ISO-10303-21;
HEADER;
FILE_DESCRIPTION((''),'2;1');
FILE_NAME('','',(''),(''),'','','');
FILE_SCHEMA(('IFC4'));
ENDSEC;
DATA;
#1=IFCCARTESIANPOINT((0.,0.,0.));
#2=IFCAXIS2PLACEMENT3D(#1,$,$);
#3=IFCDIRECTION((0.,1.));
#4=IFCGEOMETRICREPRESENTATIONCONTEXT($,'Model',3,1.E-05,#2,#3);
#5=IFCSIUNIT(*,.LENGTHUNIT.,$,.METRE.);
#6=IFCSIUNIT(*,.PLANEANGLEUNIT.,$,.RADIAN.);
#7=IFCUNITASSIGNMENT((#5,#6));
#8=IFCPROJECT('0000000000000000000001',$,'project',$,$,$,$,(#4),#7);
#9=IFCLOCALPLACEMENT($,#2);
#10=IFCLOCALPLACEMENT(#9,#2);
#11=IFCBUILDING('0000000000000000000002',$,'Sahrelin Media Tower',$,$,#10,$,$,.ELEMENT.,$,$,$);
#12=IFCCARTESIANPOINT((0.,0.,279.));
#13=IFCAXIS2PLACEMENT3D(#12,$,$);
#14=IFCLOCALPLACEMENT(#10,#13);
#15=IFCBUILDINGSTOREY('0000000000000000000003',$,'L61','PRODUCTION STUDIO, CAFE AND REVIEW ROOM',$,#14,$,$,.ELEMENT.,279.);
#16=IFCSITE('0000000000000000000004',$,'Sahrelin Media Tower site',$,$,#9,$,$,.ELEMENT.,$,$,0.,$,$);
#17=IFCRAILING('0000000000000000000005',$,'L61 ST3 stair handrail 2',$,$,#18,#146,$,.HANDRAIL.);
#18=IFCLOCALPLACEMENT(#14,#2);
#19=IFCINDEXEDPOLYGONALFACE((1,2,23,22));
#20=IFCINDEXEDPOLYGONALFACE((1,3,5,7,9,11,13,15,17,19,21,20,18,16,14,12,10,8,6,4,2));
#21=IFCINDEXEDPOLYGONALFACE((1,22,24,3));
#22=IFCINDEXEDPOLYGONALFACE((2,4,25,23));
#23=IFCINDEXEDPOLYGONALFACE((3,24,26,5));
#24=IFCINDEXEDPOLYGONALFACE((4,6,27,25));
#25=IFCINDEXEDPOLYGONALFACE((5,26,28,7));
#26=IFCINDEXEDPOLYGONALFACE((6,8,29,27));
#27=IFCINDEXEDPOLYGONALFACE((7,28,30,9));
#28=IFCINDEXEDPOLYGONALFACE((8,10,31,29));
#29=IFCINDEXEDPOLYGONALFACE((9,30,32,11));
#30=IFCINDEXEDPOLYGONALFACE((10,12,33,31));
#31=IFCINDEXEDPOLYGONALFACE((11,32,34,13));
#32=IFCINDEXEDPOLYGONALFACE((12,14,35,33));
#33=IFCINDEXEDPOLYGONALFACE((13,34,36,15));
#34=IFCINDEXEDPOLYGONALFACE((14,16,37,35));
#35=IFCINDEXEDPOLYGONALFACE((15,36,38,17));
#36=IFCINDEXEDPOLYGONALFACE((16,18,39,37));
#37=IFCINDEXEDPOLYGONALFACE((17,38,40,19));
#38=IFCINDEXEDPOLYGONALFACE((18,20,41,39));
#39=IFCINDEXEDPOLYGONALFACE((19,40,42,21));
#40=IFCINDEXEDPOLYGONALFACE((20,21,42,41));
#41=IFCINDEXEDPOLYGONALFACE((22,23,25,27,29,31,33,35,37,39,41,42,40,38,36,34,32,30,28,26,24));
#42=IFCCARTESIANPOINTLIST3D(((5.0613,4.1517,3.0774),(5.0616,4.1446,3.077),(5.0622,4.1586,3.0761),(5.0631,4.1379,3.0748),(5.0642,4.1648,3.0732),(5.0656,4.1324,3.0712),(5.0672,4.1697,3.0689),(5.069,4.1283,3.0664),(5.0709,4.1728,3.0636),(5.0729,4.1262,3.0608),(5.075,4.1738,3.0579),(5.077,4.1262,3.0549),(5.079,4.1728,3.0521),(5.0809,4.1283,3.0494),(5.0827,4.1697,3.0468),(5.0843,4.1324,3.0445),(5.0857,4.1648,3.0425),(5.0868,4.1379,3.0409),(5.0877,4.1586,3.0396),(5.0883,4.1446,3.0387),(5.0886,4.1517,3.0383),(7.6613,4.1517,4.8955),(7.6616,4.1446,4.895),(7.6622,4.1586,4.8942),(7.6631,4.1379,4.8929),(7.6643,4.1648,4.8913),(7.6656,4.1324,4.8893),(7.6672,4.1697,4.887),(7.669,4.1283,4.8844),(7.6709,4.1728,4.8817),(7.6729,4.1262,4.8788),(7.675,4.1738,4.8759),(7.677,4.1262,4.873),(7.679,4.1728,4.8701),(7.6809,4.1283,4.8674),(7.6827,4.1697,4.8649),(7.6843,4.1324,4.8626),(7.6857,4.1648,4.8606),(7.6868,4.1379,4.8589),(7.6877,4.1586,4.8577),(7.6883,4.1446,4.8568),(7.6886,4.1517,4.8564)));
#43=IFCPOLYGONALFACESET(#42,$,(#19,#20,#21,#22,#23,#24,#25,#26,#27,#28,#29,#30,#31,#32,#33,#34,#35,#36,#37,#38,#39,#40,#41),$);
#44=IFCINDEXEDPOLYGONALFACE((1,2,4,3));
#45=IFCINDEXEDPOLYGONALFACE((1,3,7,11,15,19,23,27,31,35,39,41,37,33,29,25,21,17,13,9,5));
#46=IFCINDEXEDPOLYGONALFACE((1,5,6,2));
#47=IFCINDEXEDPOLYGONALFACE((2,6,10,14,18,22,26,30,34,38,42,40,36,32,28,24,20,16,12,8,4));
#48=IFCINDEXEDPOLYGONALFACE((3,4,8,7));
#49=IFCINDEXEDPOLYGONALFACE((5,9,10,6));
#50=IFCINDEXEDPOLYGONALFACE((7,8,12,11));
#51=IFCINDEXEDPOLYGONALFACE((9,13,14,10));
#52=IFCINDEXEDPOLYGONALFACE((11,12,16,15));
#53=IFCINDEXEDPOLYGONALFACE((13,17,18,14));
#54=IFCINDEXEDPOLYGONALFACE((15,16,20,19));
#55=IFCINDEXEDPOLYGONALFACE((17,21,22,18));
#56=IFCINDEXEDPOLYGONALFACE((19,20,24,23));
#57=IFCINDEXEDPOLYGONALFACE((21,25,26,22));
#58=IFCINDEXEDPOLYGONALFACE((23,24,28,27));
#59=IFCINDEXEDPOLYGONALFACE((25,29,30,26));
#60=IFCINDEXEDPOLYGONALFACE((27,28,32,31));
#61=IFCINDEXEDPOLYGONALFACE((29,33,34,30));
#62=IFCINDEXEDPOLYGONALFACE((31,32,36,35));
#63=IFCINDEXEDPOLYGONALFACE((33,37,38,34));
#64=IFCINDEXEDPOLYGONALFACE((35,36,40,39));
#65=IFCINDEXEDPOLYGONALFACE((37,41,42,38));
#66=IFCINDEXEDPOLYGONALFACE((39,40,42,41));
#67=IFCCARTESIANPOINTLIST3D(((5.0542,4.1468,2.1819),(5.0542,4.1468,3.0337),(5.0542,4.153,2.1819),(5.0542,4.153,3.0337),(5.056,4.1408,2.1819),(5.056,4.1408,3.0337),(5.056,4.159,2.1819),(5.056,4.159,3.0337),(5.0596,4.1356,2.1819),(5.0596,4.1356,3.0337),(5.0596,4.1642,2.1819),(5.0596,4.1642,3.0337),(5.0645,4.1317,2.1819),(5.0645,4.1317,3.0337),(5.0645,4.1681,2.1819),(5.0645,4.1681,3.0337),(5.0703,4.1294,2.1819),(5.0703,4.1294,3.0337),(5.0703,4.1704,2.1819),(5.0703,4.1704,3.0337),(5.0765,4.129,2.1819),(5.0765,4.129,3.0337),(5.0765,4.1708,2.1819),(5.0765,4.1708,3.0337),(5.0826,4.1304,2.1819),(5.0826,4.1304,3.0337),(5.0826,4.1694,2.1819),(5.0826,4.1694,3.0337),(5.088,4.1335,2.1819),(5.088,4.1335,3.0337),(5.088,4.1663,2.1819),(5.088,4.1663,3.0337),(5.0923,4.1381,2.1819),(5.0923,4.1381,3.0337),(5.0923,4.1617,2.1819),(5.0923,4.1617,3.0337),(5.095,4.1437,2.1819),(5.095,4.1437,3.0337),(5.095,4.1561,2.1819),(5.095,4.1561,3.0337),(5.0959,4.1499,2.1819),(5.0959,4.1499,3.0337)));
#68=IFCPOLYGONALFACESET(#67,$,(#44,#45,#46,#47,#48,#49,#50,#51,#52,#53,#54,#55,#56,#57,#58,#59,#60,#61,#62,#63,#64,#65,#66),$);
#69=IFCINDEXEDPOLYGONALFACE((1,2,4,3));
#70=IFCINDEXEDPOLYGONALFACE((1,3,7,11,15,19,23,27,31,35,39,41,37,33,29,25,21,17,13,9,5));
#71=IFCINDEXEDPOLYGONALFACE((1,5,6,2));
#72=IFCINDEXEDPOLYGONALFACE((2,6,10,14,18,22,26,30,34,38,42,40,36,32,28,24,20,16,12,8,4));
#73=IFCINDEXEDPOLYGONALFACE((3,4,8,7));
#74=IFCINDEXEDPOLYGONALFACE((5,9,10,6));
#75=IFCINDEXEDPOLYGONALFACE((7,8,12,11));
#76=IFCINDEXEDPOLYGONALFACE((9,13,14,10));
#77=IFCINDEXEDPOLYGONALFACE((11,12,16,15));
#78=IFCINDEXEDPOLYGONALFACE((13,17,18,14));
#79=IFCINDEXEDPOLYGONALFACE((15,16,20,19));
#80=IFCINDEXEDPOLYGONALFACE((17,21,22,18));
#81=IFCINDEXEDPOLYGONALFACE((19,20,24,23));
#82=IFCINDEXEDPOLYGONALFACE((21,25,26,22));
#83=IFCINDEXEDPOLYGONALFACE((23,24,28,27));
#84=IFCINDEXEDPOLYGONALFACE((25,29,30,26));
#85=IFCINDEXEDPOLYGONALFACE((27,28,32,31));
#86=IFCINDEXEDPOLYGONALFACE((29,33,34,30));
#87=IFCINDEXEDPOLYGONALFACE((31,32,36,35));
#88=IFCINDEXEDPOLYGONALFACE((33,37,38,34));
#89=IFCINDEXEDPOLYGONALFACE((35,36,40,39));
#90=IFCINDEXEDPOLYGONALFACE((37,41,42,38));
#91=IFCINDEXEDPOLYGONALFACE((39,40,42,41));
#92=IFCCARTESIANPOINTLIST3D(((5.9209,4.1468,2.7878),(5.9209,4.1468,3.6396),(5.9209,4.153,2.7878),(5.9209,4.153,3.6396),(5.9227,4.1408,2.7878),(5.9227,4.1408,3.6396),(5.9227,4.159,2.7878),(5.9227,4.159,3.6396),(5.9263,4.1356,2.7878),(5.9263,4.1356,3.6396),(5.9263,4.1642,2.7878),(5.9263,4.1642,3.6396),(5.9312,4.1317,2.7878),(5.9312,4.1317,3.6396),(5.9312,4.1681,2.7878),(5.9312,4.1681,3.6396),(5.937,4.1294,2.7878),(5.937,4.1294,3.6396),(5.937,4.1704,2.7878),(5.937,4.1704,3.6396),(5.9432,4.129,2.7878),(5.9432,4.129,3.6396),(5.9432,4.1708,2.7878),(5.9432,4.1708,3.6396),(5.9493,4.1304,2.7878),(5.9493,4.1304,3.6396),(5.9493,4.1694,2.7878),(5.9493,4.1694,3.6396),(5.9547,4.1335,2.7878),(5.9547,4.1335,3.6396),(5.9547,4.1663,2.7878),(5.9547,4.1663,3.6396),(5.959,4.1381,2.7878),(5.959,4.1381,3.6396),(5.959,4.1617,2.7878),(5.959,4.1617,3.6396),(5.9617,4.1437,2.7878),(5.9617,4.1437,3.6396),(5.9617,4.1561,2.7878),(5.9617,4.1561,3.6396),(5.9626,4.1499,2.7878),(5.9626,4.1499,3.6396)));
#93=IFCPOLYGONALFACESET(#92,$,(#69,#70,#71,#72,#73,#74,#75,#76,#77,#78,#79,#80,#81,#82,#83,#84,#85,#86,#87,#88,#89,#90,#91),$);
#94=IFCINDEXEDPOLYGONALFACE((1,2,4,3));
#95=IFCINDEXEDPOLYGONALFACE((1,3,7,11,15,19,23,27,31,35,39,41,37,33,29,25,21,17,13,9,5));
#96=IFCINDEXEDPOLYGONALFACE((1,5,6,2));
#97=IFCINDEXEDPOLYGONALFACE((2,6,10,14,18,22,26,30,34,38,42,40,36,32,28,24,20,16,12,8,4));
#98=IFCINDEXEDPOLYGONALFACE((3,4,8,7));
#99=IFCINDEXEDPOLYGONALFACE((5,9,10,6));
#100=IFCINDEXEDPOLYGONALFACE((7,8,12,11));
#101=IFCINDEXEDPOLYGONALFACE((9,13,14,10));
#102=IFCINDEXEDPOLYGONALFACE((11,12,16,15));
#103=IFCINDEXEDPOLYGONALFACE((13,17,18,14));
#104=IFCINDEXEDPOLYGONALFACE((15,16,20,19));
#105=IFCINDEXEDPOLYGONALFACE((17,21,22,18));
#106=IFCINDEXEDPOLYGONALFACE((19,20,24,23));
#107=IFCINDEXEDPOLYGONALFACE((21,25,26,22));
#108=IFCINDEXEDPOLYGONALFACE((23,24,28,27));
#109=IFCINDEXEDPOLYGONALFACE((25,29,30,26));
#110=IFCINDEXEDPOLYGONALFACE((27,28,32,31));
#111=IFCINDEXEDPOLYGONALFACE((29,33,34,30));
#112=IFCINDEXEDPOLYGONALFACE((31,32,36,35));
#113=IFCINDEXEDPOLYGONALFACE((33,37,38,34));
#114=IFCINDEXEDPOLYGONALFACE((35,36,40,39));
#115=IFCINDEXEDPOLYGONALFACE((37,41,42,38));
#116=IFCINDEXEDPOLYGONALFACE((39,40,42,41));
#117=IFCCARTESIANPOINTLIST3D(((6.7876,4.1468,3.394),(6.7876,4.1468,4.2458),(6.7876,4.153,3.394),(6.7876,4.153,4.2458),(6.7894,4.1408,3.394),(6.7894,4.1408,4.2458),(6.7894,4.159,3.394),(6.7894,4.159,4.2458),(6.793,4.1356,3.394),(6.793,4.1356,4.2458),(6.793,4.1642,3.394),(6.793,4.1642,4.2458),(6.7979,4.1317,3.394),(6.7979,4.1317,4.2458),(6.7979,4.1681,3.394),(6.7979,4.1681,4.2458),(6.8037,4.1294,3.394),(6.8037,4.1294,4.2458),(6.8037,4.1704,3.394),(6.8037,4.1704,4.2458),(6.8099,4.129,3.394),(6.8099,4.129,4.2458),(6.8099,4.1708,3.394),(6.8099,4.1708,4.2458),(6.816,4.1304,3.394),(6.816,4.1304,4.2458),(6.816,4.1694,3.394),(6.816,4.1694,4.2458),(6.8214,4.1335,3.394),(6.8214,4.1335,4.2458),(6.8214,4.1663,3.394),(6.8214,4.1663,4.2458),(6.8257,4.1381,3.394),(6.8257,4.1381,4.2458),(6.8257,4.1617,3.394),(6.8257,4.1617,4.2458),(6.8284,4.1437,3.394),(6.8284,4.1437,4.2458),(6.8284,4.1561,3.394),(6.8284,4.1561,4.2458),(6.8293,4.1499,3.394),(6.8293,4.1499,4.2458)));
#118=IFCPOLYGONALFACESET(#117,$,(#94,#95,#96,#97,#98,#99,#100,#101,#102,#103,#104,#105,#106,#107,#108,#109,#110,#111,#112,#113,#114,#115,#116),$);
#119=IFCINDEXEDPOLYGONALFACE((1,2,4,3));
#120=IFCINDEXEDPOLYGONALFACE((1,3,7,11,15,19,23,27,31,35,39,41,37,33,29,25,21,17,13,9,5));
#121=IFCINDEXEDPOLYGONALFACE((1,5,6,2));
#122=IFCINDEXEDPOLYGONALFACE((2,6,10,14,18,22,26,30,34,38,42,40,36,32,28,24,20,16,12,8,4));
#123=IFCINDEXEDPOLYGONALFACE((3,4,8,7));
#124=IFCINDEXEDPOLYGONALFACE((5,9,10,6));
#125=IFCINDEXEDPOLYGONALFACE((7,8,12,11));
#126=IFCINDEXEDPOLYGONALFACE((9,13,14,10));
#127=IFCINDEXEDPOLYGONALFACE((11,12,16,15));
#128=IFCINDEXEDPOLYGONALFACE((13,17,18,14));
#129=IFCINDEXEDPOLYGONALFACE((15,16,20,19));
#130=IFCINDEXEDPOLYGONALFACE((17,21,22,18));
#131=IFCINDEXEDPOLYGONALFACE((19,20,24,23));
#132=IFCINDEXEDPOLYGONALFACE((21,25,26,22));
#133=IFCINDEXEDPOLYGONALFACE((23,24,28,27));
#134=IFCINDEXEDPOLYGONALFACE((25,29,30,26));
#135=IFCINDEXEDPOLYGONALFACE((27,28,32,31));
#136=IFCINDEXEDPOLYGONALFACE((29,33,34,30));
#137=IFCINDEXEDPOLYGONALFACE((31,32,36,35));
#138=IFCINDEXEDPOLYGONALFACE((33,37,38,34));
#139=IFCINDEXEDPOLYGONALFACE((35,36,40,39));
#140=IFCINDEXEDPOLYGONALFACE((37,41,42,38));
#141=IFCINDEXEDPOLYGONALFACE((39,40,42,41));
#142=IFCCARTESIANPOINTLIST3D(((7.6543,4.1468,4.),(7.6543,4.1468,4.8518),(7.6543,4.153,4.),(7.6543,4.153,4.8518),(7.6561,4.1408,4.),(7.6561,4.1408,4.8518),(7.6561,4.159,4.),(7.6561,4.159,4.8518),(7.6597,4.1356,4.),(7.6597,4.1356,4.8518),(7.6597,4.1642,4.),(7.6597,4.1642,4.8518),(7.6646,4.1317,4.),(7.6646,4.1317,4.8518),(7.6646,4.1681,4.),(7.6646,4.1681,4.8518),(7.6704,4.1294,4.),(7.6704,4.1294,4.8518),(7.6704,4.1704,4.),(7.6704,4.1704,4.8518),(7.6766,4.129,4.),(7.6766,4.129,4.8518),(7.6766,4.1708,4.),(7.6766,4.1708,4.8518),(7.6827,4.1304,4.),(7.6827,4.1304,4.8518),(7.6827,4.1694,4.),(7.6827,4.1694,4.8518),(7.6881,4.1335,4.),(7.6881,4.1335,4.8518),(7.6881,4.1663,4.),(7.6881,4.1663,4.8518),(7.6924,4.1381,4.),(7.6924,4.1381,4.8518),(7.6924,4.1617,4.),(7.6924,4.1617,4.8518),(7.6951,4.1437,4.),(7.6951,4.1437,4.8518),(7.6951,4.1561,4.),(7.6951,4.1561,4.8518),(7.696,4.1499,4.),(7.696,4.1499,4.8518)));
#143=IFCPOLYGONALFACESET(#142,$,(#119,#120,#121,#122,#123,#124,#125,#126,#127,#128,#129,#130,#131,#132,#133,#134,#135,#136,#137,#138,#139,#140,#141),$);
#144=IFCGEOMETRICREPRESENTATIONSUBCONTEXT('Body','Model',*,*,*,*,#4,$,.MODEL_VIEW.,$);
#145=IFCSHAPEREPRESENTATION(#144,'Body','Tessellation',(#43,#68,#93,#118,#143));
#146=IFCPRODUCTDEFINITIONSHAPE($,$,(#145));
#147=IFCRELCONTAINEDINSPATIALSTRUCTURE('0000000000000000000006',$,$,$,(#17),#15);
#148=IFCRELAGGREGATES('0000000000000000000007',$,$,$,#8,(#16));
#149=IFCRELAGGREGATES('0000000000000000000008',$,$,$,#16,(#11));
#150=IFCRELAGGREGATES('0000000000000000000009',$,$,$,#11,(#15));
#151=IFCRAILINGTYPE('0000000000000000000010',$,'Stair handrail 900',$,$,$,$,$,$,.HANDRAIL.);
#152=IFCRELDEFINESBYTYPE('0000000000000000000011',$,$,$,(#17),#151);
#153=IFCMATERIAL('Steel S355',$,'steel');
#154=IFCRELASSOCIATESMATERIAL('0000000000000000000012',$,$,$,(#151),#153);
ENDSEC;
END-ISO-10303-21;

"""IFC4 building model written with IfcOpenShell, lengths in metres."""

from ifc_helpers import new_model, si_unit, direction, frame, origin, origin_2d, place, context, subcontext, project, spatial, circle, extrude, material, type_object, element, save


model = new_model("IFC4")

# Units and contexts
model_context = context("Model", 3, precision=1e-05, world=origin(), true_north=direction((0.0, 1.0)))
body_context = subcontext(model_context, "Body", "Model", "MODEL_VIEW")
ifc_project = project(units=[si_unit("LENGTHUNIT", "METRE"), si_unit("PLANEANGLEUNIT", "RADIAN")], contexts=[model_context])

# Site, building, storey
site_placement = place(None, origin())
site = spatial("IfcSite", under=ifc_project, at=site_placement, Name="Sahrelin Media Tower site", CompositionType="ELEMENT", RefElevation=0.0)
building_placement = place(site_placement, origin())
building = spatial("IfcBuilding", under=site, at=building_placement, Name="Sahrelin Media Tower", CompositionType="ELEMENT")
storey_placement = place(building_placement, frame((0.0, 0.0, 279.0)))
storey = spatial("IfcBuildingStorey", under=building, at=storey_placement, Name="L61", Description="PRODUCTION STUDIO, CAFE AND REVIEW ROOM", CompositionType="ELEMENT", Elevation=279.0)

# Shared definitions
ifc_material_1 = material(Name="Steel S355", Category="steel")

# Railing
railing_type_1 = type_object("IfcRailingType", Name="Stair handrail 900", PredefinedType="HANDRAIL", material=ifc_material_1)
railing_1_placement = place(storey_placement, frame((5.075, 4.1499, 2.1819)))
element("IfcRailing", 1, at=railing_1_placement, inside=storey, type_object=railing_type_1, Name="L61 ST3 stair handrail 2", PredefinedType="HANDRAIL", context=body_context, shape_type="SweptSolid", body=[
    extrude(circle(Radius=0.0239, at=origin_2d()), frame((0.0, 0.0, 0.876), z_axis=(0.819521, 0.0, 0.573049), x_axis=(0.0, 1.0, 0.0)), (0.0, 0.0, 1.0), 3.1726),
    extrude(circle(Radius=0.021, at=origin_2d()), origin(), (0.0, 0.0, 1.0), 0.8518),
    extrude(circle(Radius=0.021, at=origin_2d()), frame((0.8667, 0.0, 0.606)), (0.0, 0.0, 1.0), 0.8518),
    extrude(circle(Radius=0.021, at=origin_2d()), frame((1.7334, 0.0, 1.2122)), (0.0, 0.0, 1.0), 0.8518),
    extrude(circle(Radius=0.021, at=origin_2d()), frame((2.6001, 0.0, 1.8181)), (0.0, 0.0, 1.0), 0.8518),
])

save(model, "model.ifc")
